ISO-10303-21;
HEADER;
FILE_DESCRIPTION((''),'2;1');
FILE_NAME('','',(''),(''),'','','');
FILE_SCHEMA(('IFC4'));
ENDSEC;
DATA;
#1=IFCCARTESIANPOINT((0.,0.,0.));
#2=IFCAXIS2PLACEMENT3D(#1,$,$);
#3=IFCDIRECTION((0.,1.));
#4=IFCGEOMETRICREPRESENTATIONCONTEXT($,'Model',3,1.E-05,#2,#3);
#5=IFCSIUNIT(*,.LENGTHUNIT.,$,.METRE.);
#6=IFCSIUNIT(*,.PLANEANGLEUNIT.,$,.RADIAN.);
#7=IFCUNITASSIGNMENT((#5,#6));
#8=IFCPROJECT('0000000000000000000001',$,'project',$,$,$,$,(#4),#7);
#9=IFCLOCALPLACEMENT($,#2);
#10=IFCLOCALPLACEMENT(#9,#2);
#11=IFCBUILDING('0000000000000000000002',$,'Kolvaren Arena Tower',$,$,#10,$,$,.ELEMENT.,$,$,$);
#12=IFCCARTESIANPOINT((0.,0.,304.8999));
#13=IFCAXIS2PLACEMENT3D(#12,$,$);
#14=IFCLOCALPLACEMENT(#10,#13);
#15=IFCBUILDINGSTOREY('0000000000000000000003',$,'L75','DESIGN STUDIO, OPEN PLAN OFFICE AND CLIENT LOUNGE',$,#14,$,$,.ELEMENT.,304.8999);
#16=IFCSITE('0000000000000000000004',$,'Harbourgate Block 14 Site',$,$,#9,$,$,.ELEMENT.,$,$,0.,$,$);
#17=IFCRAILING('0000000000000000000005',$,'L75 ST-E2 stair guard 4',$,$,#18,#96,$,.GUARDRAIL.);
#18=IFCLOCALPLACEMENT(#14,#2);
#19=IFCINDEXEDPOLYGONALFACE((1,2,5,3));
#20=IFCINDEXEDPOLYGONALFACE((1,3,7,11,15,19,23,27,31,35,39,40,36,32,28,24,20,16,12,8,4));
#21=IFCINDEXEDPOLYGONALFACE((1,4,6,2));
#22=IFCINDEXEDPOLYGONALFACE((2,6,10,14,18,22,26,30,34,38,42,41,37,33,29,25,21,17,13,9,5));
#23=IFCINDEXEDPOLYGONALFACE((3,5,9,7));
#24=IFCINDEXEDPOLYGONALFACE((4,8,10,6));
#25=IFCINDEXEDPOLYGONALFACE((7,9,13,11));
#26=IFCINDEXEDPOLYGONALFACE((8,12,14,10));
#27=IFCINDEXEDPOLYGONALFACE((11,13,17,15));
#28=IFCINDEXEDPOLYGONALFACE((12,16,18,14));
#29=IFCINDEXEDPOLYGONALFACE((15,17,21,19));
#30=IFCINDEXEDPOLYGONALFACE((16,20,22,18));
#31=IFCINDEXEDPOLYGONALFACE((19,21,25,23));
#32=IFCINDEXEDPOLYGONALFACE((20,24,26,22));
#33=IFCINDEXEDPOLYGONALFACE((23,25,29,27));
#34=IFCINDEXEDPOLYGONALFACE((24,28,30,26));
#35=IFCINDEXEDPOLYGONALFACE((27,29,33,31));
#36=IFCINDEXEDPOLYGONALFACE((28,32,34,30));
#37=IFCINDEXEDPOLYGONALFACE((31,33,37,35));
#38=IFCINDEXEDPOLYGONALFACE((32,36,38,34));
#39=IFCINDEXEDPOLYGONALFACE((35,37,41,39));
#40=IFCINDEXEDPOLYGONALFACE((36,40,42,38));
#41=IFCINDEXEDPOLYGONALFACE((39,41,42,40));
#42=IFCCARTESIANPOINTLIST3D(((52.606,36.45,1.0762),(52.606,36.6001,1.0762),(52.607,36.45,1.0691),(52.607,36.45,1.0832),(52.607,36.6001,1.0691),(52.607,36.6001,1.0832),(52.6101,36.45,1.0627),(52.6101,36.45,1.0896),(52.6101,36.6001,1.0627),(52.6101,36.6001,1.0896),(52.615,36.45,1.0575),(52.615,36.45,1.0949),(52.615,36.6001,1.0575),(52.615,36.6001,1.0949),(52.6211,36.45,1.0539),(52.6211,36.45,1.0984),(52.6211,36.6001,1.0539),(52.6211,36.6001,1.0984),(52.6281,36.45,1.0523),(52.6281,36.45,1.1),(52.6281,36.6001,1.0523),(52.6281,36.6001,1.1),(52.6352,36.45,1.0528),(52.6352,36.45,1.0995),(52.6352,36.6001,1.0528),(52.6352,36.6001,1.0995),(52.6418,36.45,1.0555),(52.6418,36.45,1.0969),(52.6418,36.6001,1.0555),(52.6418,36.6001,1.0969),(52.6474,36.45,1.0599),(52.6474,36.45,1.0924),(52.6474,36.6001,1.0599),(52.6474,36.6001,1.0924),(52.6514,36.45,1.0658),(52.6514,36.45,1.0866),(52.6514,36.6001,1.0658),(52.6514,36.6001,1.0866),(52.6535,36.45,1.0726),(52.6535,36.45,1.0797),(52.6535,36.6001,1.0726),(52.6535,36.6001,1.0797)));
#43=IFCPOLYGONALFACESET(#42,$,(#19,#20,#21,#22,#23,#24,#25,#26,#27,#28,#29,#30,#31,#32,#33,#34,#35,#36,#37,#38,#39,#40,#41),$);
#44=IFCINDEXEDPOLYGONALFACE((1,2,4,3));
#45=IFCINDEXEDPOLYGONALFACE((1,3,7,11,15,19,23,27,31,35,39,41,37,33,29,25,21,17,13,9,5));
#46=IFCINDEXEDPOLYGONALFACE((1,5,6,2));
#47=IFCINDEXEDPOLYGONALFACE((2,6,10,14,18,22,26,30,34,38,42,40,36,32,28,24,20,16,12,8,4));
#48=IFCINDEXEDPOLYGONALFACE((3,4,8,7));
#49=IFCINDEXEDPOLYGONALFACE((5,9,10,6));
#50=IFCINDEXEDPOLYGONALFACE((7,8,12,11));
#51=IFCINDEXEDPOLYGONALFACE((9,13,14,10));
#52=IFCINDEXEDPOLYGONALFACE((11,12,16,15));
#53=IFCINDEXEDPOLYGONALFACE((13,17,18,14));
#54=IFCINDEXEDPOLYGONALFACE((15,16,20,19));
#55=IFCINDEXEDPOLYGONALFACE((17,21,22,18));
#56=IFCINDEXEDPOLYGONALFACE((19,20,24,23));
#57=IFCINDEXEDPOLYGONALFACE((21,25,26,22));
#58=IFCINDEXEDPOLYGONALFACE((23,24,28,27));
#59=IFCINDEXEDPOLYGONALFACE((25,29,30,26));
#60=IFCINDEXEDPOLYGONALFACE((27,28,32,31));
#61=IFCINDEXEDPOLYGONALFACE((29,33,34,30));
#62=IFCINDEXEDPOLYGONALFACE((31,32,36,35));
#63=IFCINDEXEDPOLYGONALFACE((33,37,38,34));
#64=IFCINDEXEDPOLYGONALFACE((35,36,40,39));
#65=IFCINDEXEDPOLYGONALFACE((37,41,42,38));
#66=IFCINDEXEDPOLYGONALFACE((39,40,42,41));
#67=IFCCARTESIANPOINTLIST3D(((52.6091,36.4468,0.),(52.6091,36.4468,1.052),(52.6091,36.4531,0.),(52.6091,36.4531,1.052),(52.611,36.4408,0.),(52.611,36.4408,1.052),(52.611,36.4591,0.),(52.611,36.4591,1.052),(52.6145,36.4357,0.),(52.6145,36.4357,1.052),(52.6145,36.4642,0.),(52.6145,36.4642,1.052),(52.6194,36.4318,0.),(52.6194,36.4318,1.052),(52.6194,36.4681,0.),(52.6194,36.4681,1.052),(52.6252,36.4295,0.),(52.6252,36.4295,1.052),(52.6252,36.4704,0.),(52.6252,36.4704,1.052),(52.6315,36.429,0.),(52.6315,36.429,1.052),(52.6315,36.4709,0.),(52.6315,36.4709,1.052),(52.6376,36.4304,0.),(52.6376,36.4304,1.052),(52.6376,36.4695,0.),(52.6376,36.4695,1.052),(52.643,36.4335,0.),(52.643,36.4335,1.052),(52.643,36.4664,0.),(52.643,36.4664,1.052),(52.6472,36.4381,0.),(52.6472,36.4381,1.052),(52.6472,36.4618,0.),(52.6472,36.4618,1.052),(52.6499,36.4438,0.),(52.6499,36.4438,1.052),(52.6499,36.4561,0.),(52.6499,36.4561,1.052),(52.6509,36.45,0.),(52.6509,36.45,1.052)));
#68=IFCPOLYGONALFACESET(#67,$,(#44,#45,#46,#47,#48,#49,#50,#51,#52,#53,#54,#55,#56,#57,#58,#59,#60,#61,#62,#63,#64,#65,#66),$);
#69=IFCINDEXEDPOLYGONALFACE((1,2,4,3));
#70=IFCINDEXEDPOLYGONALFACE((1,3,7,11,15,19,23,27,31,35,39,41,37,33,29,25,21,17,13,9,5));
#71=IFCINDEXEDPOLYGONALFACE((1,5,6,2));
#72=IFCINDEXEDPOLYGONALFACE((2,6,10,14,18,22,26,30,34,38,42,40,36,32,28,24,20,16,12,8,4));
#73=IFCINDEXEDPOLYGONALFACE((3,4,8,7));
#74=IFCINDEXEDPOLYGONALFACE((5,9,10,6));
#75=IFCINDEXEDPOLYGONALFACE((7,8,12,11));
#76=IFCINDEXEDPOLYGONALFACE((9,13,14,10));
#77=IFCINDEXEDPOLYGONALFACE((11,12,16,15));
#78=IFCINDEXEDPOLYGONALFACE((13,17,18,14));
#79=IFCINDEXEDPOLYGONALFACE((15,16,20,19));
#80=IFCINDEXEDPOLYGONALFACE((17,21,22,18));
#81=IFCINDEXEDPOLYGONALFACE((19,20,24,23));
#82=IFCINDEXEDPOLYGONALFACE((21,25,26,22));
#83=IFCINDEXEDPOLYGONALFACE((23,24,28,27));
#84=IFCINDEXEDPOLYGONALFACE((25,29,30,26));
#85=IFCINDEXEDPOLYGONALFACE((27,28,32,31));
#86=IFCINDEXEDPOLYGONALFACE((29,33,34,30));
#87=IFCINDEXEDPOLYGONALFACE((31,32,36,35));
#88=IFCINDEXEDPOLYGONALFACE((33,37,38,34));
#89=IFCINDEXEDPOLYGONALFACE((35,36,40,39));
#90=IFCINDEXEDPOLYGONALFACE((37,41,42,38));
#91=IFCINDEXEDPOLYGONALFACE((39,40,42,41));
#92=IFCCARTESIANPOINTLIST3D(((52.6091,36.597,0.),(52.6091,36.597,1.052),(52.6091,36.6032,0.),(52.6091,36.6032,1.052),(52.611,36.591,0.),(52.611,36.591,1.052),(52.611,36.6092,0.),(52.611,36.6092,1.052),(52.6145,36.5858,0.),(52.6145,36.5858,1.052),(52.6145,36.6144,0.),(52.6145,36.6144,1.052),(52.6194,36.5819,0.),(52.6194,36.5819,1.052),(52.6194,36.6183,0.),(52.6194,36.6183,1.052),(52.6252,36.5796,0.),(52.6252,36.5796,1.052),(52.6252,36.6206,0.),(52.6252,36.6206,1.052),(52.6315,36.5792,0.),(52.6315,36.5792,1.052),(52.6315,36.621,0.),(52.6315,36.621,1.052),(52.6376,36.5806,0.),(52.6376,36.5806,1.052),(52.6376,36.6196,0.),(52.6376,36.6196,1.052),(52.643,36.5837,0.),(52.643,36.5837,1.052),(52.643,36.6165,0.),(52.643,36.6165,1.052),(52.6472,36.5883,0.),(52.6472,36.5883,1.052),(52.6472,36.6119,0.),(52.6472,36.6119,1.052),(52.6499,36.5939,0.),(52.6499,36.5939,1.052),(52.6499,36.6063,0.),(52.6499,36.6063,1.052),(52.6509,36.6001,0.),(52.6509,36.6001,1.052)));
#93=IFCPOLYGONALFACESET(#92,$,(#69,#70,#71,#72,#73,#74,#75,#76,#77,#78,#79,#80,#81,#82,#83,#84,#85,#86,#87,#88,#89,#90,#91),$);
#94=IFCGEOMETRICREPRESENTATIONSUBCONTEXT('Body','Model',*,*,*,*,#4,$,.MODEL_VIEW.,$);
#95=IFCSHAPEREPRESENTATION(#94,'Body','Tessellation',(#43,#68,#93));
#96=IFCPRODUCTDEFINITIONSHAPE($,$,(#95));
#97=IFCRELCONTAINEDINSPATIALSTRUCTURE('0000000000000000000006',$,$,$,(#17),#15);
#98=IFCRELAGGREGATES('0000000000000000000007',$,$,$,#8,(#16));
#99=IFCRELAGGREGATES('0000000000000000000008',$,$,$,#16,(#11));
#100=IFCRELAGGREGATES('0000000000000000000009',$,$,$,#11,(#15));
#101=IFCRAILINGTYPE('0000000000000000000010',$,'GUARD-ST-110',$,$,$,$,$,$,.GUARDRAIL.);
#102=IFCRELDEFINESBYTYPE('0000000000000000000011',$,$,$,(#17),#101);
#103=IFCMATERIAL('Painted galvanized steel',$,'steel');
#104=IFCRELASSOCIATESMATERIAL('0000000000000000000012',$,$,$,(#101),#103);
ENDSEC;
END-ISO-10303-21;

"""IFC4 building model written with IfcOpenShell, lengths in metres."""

from ifc_helpers import new_model, si_unit, direction, frame, origin, origin_2d, place, context, subcontext, project, spatial, circle, extrude, material, type_object, element, save


model = new_model("IFC4")

# Units and contexts
model_context = context("Model", 3, precision=1e-05, world=origin(), true_north=direction((0.0, 1.0)))
body_context = subcontext(model_context, "Body", "Model", "MODEL_VIEW")
ifc_project = project(units=[si_unit("LENGTHUNIT", "METRE"), si_unit("PLANEANGLEUNIT", "RADIAN")], contexts=[model_context])

# Site, building, storey
site_placement = place(None, origin())
site = spatial("IfcSite", under=ifc_project, at=site_placement, Name="Harbourgate Block 14 Site", CompositionType="ELEMENT", RefElevation=0.0)
building_placement = place(site_placement, origin())
building = spatial("IfcBuilding", under=site, at=building_placement, Name="Kolvaren Arena Tower", CompositionType="ELEMENT")
storey_placement = place(building_placement, frame((0.0, 0.0, 304.8999)))
storey = spatial("IfcBuildingStorey", under=building, at=storey_placement, Name="L75", Description="DESIGN STUDIO, OPEN PLAN OFFICE AND CLIENT LOUNGE", CompositionType="ELEMENT", Elevation=304.8999)

# Railing
ifc_material_1 = material(Name="Painted galvanized steel", Category="steel")
railing_type_1 = type_object("IfcRailingType", Name="GUARD-ST-110", PredefinedType="GUARDRAIL", material=ifc_material_1)
railing_1_placement = place(storey_placement, frame((52.6299, 36.45, 0.0)))
element("IfcRailing", 1, at=railing_1_placement, inside=storey, type_object=railing_type_1, Name="L75 ST-E2 stair guard 4", PredefinedType="GUARDRAIL", context=body_context, shape_type="SweptSolid", body=[
    extrude(circle(Radius=0.0239, at=origin_2d()), frame((0.0, 0.0, 1.0762), z_axis=(0.0, 1.0, 0.0), x_axis=(-1.0, 0.0, 0.0)), (0.0, 0.0, 1.0), 0.1501),
    extrude(circle(Radius=0.021, at=origin_2d()), origin(), (0.0, 0.0, 1.0), 1.052),
    extrude(circle(Radius=0.021, at=origin_2d()), frame((0.0, 0.1501, 0.0)), (0.0, 0.0, 1.0), 1.052),
])

save(model, "model.ifc")
